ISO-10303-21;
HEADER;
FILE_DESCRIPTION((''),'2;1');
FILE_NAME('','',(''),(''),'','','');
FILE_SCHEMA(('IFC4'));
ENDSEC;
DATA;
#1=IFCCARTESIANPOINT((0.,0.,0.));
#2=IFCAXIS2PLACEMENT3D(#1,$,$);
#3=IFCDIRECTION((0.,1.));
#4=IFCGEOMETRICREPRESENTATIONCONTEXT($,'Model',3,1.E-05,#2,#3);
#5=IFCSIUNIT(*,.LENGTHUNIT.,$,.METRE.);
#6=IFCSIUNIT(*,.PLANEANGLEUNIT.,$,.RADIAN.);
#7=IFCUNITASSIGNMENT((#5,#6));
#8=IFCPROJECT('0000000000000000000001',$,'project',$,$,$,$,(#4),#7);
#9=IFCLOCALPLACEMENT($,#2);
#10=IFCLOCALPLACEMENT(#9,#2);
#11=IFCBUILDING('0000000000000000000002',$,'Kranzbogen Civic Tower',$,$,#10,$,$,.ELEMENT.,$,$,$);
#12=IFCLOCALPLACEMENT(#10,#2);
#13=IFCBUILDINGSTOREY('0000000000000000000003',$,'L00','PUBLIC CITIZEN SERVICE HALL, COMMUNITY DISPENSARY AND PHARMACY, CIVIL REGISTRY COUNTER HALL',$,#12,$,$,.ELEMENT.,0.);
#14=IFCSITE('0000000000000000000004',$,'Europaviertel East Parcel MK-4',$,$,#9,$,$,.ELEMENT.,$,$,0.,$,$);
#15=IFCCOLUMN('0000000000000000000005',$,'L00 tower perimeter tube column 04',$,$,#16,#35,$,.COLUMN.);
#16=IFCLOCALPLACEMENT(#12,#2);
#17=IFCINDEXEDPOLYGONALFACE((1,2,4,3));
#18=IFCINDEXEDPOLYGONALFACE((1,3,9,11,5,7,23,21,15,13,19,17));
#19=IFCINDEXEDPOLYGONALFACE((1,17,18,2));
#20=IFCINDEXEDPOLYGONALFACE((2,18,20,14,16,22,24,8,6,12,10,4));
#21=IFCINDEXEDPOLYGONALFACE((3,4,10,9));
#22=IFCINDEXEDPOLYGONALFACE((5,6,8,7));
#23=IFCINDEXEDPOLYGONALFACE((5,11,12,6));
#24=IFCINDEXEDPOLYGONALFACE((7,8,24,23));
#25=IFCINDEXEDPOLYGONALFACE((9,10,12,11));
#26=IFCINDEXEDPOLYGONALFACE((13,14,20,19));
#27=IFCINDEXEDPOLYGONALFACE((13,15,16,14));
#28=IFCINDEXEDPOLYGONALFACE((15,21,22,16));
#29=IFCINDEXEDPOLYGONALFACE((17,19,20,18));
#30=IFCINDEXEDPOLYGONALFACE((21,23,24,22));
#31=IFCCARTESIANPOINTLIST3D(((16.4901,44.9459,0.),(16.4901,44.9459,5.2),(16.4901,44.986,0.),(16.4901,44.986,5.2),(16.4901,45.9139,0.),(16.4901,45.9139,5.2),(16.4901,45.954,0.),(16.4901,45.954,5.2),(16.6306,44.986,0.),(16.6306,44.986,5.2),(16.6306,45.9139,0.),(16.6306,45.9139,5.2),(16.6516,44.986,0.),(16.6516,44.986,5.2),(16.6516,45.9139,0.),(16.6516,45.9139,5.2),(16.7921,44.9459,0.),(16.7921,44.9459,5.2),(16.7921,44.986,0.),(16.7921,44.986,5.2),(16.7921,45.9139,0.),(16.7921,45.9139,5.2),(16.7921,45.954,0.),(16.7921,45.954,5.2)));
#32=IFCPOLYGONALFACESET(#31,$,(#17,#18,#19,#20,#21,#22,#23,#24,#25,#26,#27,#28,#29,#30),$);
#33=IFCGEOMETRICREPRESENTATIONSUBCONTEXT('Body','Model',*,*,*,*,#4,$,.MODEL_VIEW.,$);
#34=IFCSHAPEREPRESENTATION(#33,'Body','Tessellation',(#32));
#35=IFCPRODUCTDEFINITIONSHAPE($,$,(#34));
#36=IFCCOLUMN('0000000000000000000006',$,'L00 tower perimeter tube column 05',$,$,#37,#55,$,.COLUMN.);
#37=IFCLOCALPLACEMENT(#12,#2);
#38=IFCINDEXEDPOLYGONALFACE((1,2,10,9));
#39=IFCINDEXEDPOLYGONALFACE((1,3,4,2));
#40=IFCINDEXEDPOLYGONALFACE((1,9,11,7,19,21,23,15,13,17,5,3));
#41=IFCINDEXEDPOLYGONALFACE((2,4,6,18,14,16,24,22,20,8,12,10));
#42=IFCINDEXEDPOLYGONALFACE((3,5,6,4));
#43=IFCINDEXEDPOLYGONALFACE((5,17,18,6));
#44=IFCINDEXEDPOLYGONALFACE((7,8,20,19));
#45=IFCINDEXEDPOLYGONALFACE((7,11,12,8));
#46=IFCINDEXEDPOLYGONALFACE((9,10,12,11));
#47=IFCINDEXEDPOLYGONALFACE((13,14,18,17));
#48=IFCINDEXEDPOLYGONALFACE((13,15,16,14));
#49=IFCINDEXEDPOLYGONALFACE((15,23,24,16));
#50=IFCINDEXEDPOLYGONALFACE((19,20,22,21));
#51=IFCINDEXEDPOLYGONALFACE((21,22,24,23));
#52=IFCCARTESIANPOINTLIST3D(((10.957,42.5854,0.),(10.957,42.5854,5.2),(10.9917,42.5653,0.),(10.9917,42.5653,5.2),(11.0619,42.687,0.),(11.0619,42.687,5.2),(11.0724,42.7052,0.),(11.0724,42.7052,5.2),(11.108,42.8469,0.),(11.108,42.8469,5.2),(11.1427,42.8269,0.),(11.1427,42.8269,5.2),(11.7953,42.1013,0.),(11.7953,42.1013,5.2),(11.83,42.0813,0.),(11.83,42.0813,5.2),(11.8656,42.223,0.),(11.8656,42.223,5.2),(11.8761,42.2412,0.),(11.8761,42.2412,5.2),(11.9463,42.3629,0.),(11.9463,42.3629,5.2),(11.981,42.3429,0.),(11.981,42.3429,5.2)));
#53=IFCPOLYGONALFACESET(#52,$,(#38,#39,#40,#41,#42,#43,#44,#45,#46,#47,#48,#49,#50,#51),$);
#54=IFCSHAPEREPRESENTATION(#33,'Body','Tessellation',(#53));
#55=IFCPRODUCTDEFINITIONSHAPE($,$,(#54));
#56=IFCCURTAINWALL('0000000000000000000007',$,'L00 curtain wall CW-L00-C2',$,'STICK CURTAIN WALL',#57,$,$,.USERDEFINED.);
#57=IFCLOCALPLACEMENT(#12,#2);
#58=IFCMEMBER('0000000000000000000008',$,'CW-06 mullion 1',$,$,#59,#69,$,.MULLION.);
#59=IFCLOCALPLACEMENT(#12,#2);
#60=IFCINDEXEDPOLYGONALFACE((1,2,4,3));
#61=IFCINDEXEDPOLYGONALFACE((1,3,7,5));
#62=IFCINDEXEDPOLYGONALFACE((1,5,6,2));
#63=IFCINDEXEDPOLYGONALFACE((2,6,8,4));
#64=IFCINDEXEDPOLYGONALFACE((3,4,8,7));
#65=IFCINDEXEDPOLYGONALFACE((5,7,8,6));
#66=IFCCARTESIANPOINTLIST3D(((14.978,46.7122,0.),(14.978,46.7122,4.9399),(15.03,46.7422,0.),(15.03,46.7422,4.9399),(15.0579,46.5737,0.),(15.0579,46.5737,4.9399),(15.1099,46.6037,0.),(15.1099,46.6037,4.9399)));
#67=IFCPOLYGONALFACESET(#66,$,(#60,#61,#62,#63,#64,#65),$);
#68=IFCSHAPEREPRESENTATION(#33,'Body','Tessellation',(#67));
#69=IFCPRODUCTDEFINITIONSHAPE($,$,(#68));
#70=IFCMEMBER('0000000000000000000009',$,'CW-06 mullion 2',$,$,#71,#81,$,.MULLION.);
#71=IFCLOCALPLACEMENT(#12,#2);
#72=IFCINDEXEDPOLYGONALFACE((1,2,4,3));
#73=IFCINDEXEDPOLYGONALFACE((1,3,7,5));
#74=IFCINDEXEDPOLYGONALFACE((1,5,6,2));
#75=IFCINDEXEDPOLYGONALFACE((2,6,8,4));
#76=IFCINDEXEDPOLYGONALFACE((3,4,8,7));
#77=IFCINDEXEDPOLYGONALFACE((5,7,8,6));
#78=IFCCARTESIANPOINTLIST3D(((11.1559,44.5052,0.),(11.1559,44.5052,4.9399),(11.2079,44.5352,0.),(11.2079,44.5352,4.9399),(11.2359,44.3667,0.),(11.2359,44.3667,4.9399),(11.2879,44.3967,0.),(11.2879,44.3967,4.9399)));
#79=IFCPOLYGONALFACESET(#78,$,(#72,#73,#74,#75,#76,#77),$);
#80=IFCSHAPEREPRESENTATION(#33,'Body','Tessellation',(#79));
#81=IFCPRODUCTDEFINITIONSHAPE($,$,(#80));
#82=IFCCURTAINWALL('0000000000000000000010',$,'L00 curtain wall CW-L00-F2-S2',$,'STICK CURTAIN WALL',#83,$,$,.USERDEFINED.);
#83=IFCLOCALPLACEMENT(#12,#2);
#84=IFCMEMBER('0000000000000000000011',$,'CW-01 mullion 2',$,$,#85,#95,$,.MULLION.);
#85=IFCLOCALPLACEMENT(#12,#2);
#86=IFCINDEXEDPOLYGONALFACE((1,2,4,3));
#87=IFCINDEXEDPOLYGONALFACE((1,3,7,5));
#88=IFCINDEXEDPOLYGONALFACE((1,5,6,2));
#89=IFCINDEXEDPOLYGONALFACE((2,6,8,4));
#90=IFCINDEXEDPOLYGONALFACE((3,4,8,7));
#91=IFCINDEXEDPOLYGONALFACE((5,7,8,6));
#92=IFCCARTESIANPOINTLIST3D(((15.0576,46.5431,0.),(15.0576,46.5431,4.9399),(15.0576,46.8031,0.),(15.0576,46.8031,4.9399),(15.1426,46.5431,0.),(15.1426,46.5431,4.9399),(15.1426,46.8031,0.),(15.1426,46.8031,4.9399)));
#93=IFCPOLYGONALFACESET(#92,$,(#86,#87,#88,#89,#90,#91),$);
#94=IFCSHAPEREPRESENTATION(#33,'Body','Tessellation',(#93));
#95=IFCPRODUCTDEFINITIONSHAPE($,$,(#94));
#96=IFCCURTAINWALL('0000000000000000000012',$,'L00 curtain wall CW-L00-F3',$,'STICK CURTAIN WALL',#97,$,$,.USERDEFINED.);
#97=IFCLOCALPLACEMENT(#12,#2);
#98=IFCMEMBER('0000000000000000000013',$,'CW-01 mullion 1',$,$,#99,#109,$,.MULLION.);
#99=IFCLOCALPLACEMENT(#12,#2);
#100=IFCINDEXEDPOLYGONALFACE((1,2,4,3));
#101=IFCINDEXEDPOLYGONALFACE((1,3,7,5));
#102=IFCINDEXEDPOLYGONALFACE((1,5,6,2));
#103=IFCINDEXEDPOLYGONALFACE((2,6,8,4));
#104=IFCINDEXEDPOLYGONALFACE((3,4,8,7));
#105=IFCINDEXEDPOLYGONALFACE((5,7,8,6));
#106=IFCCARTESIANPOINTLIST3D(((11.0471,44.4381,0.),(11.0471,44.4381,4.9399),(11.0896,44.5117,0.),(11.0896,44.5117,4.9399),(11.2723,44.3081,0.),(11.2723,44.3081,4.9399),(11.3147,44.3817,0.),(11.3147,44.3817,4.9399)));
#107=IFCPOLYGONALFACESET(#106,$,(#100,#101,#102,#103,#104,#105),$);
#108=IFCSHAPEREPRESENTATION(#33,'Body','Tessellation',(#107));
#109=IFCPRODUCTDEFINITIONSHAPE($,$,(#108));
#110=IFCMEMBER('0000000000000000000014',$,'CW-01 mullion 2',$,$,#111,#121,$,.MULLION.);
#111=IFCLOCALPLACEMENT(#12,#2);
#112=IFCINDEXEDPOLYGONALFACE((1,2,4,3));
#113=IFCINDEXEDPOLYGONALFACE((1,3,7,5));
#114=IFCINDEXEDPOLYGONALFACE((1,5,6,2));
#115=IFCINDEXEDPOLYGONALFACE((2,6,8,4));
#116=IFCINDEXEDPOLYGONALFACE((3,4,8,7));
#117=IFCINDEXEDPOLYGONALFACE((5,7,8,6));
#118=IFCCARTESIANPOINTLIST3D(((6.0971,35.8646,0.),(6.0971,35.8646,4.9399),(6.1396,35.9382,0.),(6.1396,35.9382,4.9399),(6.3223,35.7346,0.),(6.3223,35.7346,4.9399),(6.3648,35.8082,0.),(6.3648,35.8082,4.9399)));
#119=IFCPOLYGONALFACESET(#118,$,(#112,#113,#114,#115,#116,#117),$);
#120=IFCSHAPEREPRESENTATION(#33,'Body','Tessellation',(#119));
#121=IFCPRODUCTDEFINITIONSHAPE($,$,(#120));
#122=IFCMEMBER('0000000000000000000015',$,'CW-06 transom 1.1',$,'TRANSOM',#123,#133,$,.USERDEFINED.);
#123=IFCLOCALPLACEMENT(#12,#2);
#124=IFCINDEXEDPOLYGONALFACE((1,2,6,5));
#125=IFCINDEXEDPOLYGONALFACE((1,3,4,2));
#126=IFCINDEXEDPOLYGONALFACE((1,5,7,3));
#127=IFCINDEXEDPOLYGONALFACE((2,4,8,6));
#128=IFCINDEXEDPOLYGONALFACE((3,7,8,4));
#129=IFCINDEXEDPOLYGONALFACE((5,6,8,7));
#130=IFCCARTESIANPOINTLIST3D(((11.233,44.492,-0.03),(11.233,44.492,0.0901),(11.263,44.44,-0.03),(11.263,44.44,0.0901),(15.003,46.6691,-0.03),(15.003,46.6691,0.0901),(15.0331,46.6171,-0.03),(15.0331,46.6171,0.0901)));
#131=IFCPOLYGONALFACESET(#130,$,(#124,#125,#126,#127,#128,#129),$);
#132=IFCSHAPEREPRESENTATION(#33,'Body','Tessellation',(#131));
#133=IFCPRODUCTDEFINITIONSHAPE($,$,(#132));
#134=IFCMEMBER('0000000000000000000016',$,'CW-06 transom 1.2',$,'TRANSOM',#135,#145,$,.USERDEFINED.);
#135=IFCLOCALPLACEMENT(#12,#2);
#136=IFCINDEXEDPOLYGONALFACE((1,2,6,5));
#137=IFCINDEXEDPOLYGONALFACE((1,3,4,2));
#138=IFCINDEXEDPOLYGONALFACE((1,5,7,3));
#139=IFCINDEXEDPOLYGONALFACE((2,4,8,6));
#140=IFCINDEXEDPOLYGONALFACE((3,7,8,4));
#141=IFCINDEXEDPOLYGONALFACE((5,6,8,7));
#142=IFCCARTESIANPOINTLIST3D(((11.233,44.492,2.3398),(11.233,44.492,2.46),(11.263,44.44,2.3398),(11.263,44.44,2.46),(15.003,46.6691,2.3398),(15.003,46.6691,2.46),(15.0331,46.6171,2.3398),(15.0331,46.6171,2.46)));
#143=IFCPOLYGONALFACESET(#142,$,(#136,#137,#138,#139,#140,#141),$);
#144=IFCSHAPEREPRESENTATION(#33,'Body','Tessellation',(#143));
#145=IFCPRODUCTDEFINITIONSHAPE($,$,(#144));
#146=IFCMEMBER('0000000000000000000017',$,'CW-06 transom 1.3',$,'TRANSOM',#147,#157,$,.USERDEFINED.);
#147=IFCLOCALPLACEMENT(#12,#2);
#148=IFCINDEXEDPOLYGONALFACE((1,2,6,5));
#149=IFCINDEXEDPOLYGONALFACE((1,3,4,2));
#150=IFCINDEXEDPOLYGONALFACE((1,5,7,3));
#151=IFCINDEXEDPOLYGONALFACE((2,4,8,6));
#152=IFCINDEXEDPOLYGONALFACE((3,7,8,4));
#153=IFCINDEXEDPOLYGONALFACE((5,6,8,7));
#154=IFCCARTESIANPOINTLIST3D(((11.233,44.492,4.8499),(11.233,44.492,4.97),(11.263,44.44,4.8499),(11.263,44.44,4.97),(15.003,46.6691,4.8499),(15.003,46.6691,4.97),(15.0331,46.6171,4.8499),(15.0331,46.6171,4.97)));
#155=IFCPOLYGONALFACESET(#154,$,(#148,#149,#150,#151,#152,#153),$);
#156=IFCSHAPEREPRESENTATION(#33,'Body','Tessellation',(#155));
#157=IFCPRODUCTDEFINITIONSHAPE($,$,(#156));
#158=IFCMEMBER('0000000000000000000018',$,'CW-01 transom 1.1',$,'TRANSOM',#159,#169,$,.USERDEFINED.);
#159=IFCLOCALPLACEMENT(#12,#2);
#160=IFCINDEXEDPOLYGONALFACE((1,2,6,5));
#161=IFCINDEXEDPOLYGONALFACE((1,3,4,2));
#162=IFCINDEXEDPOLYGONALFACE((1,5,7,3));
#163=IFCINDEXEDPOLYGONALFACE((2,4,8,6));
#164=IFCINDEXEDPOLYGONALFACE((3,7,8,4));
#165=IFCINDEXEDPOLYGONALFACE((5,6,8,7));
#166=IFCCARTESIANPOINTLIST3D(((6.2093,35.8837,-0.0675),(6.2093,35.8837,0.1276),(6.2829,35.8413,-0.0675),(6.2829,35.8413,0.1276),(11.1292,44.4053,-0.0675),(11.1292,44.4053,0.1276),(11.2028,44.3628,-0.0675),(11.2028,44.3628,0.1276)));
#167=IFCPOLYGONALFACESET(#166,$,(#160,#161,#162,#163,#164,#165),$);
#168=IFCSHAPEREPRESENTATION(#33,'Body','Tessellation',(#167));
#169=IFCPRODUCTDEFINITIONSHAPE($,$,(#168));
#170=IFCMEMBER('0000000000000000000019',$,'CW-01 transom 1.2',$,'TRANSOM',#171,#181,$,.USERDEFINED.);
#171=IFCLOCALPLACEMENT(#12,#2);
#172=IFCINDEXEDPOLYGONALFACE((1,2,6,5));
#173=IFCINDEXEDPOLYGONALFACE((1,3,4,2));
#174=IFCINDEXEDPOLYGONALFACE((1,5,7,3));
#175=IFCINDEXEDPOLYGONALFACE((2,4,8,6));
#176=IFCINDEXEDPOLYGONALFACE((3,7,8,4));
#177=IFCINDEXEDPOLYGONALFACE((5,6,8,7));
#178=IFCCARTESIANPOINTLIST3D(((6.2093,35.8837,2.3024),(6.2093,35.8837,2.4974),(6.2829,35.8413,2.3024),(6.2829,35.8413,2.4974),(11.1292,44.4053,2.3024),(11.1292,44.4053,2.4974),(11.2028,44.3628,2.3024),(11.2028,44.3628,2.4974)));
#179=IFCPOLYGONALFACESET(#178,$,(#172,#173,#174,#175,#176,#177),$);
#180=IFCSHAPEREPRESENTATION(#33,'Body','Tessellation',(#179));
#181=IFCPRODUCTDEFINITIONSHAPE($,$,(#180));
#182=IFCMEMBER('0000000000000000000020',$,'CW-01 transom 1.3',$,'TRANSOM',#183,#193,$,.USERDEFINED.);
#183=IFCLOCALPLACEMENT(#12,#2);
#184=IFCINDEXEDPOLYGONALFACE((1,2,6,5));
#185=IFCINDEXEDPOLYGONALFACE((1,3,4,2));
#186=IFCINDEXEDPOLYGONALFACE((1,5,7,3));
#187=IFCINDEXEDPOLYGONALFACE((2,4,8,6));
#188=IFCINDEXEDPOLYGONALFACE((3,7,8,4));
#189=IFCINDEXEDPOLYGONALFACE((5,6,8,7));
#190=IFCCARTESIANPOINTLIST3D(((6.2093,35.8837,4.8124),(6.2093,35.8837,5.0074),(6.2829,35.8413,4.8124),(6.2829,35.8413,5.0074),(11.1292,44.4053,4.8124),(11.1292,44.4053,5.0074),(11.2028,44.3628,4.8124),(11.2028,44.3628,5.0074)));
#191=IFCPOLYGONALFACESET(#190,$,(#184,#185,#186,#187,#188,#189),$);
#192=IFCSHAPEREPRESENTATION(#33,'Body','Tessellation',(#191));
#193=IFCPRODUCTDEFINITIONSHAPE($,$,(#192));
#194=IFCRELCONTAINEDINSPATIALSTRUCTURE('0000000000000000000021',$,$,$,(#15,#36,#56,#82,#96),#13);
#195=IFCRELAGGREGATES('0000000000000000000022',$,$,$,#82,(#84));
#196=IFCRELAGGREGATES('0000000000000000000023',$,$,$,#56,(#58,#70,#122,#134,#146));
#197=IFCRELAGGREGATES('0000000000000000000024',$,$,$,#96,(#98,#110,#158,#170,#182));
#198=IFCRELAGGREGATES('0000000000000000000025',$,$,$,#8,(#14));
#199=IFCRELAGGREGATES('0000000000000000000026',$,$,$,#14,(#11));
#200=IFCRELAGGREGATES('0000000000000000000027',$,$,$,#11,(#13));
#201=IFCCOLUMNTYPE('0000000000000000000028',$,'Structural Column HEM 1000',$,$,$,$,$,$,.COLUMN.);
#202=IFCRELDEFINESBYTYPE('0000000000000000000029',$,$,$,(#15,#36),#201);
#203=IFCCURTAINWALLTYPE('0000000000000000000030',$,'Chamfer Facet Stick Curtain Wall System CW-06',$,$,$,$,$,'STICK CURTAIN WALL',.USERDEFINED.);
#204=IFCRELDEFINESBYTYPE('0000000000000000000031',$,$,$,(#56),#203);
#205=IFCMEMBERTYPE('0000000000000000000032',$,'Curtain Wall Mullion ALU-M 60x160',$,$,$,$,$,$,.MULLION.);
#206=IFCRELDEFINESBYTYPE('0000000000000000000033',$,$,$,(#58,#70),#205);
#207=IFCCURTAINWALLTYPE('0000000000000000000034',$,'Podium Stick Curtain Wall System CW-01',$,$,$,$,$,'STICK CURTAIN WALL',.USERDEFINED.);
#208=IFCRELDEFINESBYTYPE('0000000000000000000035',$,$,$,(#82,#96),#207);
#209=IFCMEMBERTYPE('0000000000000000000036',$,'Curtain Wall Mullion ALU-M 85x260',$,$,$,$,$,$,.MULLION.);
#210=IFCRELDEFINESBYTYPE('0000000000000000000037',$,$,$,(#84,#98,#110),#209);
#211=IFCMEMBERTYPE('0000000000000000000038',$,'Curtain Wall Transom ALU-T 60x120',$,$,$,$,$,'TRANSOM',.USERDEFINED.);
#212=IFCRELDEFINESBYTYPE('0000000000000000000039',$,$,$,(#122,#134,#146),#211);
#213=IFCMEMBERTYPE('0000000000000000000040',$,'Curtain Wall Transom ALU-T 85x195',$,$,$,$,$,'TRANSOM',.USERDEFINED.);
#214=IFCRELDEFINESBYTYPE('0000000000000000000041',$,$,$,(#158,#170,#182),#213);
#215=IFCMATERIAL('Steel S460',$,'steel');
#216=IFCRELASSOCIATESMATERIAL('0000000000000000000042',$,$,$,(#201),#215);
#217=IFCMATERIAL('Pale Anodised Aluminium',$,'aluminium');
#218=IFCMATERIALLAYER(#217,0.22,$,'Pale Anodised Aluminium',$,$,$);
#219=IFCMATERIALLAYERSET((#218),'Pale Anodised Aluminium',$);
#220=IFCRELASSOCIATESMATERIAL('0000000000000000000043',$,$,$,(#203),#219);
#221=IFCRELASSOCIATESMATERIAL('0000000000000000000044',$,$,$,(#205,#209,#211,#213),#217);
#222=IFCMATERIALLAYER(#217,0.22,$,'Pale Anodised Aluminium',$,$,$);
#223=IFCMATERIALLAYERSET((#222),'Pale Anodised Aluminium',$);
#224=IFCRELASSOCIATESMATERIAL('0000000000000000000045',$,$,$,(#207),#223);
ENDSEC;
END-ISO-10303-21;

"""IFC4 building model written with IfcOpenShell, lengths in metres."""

from ifc_helpers import new_model, si_unit, direction, frame, origin, origin_2d, place, context, subcontext, project, spatial, rectangle, i_section, extrude, material, layer, layer_set, material_profile, profile_set, type_object, element, aggregate, save


model = new_model("IFC4")

# Units and contexts
model_context = context("Model", 3, precision=1e-05, world=origin(), true_north=direction((0.0, 1.0)))
body_context = subcontext(model_context, "Body", "Model", "MODEL_VIEW")
ifc_project = project(units=[si_unit("LENGTHUNIT", "METRE"), si_unit("PLANEANGLEUNIT", "RADIAN")], contexts=[model_context])

# Site, building, storey
site_placement = place(None, origin())
site = spatial("IfcSite", under=ifc_project, at=site_placement, Name="Europaviertel East Parcel MK-4", CompositionType="ELEMENT", RefElevation=0.0)
building_placement = place(site_placement, origin())
building = spatial("IfcBuilding", under=site, at=building_placement, Name="Kranzbogen Civic Tower", CompositionType="ELEMENT")
storey_placement = place(building_placement, origin())
storey = spatial("IfcBuildingStorey", under=building, at=storey_placement, Name="L00", Description="PUBLIC CITIZEN SERVICE HALL, COMMUNITY DISPENSARY AND PHARMACY, CIVIL REGISTRY COUNTER HALL", CompositionType="ELEMENT", Elevation=0.0)

# Columns
ifc_material_1 = material(Name="Steel S460", Category="steel")
ifc_material_profile_1 = material_profile(ifc_material_1, i_section(OverallWidth=0.302, OverallDepth=1.0081, WebThickness=0.021, FlangeThickness=0.04, at=origin_2d()), Name="HEM 1000")
ifc_profile_set_1 = profile_set([ifc_material_profile_1], Name="Steel S460")
column_type = type_object("IfcColumnType", Name="Structural Column HEM 1000", PredefinedType="COLUMN", material=ifc_profile_set_1)
for number, where, z_axis, x_axis, name in (
    (1, (16.6411, 45.45, 0.0), (0.0, 0.0, 1.0), (1.0, 0.0, 0.0), "L00 tower perimeter tube column 04"),
    (2, (11.469, 42.4641, 0.0), (0.0, 0.0, 1.0), (0.5, 0.866025, 0.0), "L00 tower perimeter tube column 05"),
):
    element("IfcColumn", number, at=place(storey_placement, frame(where, z_axis=z_axis, x_axis=x_axis)), inside=storey, type_object=column_type, Name=name, PredefinedType="COLUMN", context=body_context, shape_type="SweptSolid", body=[
        extrude(i_section(OverallWidth=0.302, OverallDepth=1.0081, WebThickness=0.021, FlangeThickness=0.04, at=origin_2d()), origin(), (0.0, 0.0, 1.0), 5.2),
    ])

# Curtain wall, members
ifc_material_2 = material(Name="Pale Anodised Aluminium", Category="aluminium")
ifc_layer_1 = layer(ifc_material_2, 0.22, Name="Pale Anodised Aluminium")
ifc_layer_set_1 = layer_set([ifc_layer_1], Name="Pale Anodised Aluminium")
curtain_wall_type_1 = type_object("IfcCurtainWallType", Name="Chamfer Facet Stick Curtain Wall System CW-06", ElementType="STICK CURTAIN WALL", PredefinedType="USERDEFINED", material=ifc_layer_set_1)
curtain_wall_1_placement = place(storey_placement, origin())
curtain_wall_1 = element("IfcCurtainWall", 3, at=curtain_wall_1_placement, inside=storey, type_object=curtain_wall_type_1, Name="L00 curtain wall CW-L00-C2", ObjectType="STICK CURTAIN WALL", PredefinedType="USERDEFINED")
ifc_material_profile_2 = material_profile(ifc_material_2, rectangle(XDim=0.0601, YDim=0.1599, at=origin_2d()), Name="ALU-M 60x160")
ifc_profile_set_2 = profile_set([ifc_material_profile_2], Name="Pale Anodised Aluminium")
member_type_1 = type_object("IfcMemberType", Name="Curtain Wall Mullion ALU-M 60x160", PredefinedType="MULLION", material=ifc_profile_set_2)
member_1_placement = place(storey_placement, frame((15.0439, 46.658, 0.0), z_axis=(0.0, 0.0, 1.0), x_axis=(-0.865992, -0.500058, 0.0)))
member_1 = element("IfcMember", 4, at=member_1_placement, type_object=member_type_1, Name="CW-06 mullion 1", PredefinedType="MULLION", context=body_context, shape_type="SweptSolid", body=[
    extrude(rectangle(XDim=0.0601, YDim=0.1599, at=origin_2d()), origin(), (0.0, 0.0, 1.0), 4.9399),
])
member_2_placement = place(storey_placement, frame((11.2219, 44.4509, 0.0), z_axis=(0.0, 0.0, 1.0), x_axis=(-0.865992, -0.500058, 0.0)))
member_2 = element("IfcMember", 5, at=member_2_placement, type_object=member_type_1, Name="CW-06 mullion 2", PredefinedType="MULLION", context=body_context, shape_type="SweptSolid", body=[
    extrude(rectangle(XDim=0.0601, YDim=0.1599, at=origin_2d()), origin(), (0.0, 0.0, 1.0), 4.9399),
])

# Curtain wall, member
ifc_layer_2 = layer(ifc_material_2, 0.22, Name="Pale Anodised Aluminium")
ifc_layer_set_2 = layer_set([ifc_layer_2], Name="Pale Anodised Aluminium")
curtain_wall_type_2 = type_object("IfcCurtainWallType", Name="Podium Stick Curtain Wall System CW-01", ElementType="STICK CURTAIN WALL", PredefinedType="USERDEFINED", material=ifc_layer_set_2)
curtain_wall_2_placement = place(storey_placement, origin())
curtain_wall_2 = element("IfcCurtainWall", 6, at=curtain_wall_2_placement, inside=storey, type_object=curtain_wall_type_2, Name="L00 curtain wall CW-L00-F2-S2", ObjectType="STICK CURTAIN WALL", PredefinedType="USERDEFINED")
ifc_material_profile_3 = material_profile(ifc_material_2, rectangle(XDim=0.085, YDim=0.26, at=origin_2d()), Name="ALU-M 85x260")
ifc_profile_set_3 = profile_set([ifc_material_profile_3], Name="Pale Anodised Aluminium")
member_type_2 = type_object("IfcMemberType", Name="Curtain Wall Mullion ALU-M 85x260", PredefinedType="MULLION", material=ifc_profile_set_3)
member_3_placement = place(storey_placement, frame((15.1001, 46.6731, 0.0), z_axis=(0.0, 0.0, 1.0), x_axis=(-1.0, 0.0, 0.0)))
member_3 = element("IfcMember", 7, at=member_3_placement, type_object=member_type_2, Name="CW-01 mullion 2", PredefinedType="MULLION", context=body_context, shape_type="SweptSolid", body=[
    extrude(rectangle(XDim=0.085, YDim=0.26, at=origin_2d()), origin(), (0.0, 0.0, 1.0), 4.9399),
])
aggregate(curtain_wall_2, [member_3])

# Curtain wall, members
curtain_wall_3_placement = place(storey_placement, origin())
curtain_wall_3 = element("IfcCurtainWall", 8, at=curtain_wall_3_placement, inside=storey, type_object=curtain_wall_type_2, Name="L00 curtain wall CW-L00-F3", ObjectType="STICK CURTAIN WALL", PredefinedType="USERDEFINED")
member_4_placement = place(storey_placement, frame((11.1809, 44.4099, 0.0), z_axis=(0.0, 0.0, 1.0), x_axis=(-0.500006, -0.866022, 0.0)))
member_4 = element("IfcMember", 9, at=member_4_placement, type_object=member_type_2, Name="CW-01 mullion 1", PredefinedType="MULLION", context=body_context, shape_type="SweptSolid", body=[
    extrude(rectangle(XDim=0.085, YDim=0.26, at=origin_2d()), origin(), (0.0, 0.0, 1.0), 4.9399),
])
member_5_placement = place(storey_placement, frame((6.231, 35.8364, 0.0), z_axis=(0.0, 0.0, 1.0), x_axis=(-0.500006, -0.866022, 0.0)))
member_5 = element("IfcMember", 10, at=member_5_placement, type_object=member_type_2, Name="CW-01 mullion 2", PredefinedType="MULLION", context=body_context, shape_type="SweptSolid", body=[
    extrude(rectangle(XDim=0.085, YDim=0.26, at=origin_2d()), origin(), (0.0, 0.0, 1.0), 4.9399),
])

# Members
ifc_material_profile_4 = material_profile(ifc_material_2, rectangle(XDim=0.0601, YDim=0.1201, at=origin_2d()), Name="ALU-T 60x120")
ifc_profile_set_4 = profile_set([ifc_material_profile_4], Name="Pale Anodised Aluminium")
member_type_3 = type_object("IfcMemberType", Name="Curtain Wall Transom ALU-T 60x120", ElementType="TRANSOM", PredefinedType="USERDEFINED", material=ifc_profile_set_4)
member_6_placement = place(storey_placement, frame((15.0181, 46.6431, 0.03), z_axis=(-0.865988, -0.500065, 0.0), x_axis=(0.500065, -0.865988, 0.0)))
member_6 = element("IfcMember", 11, at=member_6_placement, type_object=member_type_3, Name="CW-06 transom 1.1", ObjectType="TRANSOM", PredefinedType="USERDEFINED", context=body_context, shape_type="SweptSolid", body=[
    extrude(rectangle(XDim=0.0601, YDim=0.1201, at=origin_2d()), origin(), (0.0, 0.0, 1.0), 4.3535),
])
member_7_placement = place(storey_placement, frame((15.0181, 46.6431, 2.3999), z_axis=(-0.865988, -0.500065, 0.0), x_axis=(0.500065, -0.865988, 0.0)))
member_7 = element("IfcMember", 12, at=member_7_placement, type_object=member_type_3, Name="CW-06 transom 1.2", ObjectType="TRANSOM", PredefinedType="USERDEFINED", context=body_context, shape_type="SweptSolid", body=[
    extrude(rectangle(XDim=0.0601, YDim=0.1201, at=origin_2d()), origin(), (0.0, 0.0, 1.0), 4.3535),
])
member_8_placement = place(storey_placement, frame((15.0181, 46.6431, 4.9099), z_axis=(-0.865988, -0.500065, 0.0), x_axis=(0.500065, -0.865988, 0.0)))
member_8 = element("IfcMember", 13, at=member_8_placement, type_object=member_type_3, Name="CW-06 transom 1.3", ObjectType="TRANSOM", PredefinedType="USERDEFINED", context=body_context, shape_type="SweptSolid", body=[
    extrude(rectangle(XDim=0.0601, YDim=0.1201, at=origin_2d()), origin(), (0.0, 0.0, 1.0), 4.3535),
])
ifc_material_profile_5 = material_profile(ifc_material_2, rectangle(XDim=0.085, YDim=0.1951, at=origin_2d()), Name="ALU-T 85x195")
ifc_profile_set_5 = profile_set([ifc_material_profile_5], Name="Pale Anodised Aluminium")
member_type_4 = type_object("IfcMemberType", Name="Curtain Wall Transom ALU-T 85x195", ElementType="TRANSOM", PredefinedType="USERDEFINED", material=ifc_profile_set_5)
member_9_placement = place(storey_placement, frame((11.166, 44.384, 0.03), z_axis=(-0.500003, -0.866024, 0.0), x_axis=(0.866024, -0.500003, 0.0)))
member_9 = element("IfcMember", 14, at=member_9_placement, type_object=member_type_4, Name="CW-01 transom 1.1", ObjectType="TRANSOM", PredefinedType="USERDEFINED", context=body_context, shape_type="SweptSolid", body=[
    extrude(rectangle(XDim=0.085, YDim=0.1951, at=origin_2d()), origin(), (0.0, 0.0, 1.0), 9.8398),
])
member_10_placement = place(storey_placement, frame((11.166, 44.384, 2.3999), z_axis=(-0.500003, -0.866024, 0.0), x_axis=(0.866024, -0.500003, 0.0)))
member_10 = element("IfcMember", 15, at=member_10_placement, type_object=member_type_4, Name="CW-01 transom 1.2", ObjectType="TRANSOM", PredefinedType="USERDEFINED", context=body_context, shape_type="SweptSolid", body=[
    extrude(rectangle(XDim=0.085, YDim=0.1951, at=origin_2d()), origin(), (0.0, 0.0, 1.0), 9.8398),
])
member_11_placement = place(storey_placement, frame((11.166, 44.384, 4.9099), z_axis=(-0.500003, -0.866024, 0.0), x_axis=(0.866024, -0.500003, 0.0)))
member_11 = element("IfcMember", 16, at=member_11_placement, type_object=member_type_4, Name="CW-01 transom 1.3", ObjectType="TRANSOM", PredefinedType="USERDEFINED", context=body_context, shape_type="SweptSolid", body=[
    extrude(rectangle(XDim=0.085, YDim=0.1951, at=origin_2d()), origin(), (0.0, 0.0, 1.0), 9.8398),
])

aggregate(curtain_wall_1, [member_1, member_2, member_6, member_7, member_8])
aggregate(curtain_wall_3, [member_4, member_5, member_9, member_10, member_11])

save(model, "model.ifc")
